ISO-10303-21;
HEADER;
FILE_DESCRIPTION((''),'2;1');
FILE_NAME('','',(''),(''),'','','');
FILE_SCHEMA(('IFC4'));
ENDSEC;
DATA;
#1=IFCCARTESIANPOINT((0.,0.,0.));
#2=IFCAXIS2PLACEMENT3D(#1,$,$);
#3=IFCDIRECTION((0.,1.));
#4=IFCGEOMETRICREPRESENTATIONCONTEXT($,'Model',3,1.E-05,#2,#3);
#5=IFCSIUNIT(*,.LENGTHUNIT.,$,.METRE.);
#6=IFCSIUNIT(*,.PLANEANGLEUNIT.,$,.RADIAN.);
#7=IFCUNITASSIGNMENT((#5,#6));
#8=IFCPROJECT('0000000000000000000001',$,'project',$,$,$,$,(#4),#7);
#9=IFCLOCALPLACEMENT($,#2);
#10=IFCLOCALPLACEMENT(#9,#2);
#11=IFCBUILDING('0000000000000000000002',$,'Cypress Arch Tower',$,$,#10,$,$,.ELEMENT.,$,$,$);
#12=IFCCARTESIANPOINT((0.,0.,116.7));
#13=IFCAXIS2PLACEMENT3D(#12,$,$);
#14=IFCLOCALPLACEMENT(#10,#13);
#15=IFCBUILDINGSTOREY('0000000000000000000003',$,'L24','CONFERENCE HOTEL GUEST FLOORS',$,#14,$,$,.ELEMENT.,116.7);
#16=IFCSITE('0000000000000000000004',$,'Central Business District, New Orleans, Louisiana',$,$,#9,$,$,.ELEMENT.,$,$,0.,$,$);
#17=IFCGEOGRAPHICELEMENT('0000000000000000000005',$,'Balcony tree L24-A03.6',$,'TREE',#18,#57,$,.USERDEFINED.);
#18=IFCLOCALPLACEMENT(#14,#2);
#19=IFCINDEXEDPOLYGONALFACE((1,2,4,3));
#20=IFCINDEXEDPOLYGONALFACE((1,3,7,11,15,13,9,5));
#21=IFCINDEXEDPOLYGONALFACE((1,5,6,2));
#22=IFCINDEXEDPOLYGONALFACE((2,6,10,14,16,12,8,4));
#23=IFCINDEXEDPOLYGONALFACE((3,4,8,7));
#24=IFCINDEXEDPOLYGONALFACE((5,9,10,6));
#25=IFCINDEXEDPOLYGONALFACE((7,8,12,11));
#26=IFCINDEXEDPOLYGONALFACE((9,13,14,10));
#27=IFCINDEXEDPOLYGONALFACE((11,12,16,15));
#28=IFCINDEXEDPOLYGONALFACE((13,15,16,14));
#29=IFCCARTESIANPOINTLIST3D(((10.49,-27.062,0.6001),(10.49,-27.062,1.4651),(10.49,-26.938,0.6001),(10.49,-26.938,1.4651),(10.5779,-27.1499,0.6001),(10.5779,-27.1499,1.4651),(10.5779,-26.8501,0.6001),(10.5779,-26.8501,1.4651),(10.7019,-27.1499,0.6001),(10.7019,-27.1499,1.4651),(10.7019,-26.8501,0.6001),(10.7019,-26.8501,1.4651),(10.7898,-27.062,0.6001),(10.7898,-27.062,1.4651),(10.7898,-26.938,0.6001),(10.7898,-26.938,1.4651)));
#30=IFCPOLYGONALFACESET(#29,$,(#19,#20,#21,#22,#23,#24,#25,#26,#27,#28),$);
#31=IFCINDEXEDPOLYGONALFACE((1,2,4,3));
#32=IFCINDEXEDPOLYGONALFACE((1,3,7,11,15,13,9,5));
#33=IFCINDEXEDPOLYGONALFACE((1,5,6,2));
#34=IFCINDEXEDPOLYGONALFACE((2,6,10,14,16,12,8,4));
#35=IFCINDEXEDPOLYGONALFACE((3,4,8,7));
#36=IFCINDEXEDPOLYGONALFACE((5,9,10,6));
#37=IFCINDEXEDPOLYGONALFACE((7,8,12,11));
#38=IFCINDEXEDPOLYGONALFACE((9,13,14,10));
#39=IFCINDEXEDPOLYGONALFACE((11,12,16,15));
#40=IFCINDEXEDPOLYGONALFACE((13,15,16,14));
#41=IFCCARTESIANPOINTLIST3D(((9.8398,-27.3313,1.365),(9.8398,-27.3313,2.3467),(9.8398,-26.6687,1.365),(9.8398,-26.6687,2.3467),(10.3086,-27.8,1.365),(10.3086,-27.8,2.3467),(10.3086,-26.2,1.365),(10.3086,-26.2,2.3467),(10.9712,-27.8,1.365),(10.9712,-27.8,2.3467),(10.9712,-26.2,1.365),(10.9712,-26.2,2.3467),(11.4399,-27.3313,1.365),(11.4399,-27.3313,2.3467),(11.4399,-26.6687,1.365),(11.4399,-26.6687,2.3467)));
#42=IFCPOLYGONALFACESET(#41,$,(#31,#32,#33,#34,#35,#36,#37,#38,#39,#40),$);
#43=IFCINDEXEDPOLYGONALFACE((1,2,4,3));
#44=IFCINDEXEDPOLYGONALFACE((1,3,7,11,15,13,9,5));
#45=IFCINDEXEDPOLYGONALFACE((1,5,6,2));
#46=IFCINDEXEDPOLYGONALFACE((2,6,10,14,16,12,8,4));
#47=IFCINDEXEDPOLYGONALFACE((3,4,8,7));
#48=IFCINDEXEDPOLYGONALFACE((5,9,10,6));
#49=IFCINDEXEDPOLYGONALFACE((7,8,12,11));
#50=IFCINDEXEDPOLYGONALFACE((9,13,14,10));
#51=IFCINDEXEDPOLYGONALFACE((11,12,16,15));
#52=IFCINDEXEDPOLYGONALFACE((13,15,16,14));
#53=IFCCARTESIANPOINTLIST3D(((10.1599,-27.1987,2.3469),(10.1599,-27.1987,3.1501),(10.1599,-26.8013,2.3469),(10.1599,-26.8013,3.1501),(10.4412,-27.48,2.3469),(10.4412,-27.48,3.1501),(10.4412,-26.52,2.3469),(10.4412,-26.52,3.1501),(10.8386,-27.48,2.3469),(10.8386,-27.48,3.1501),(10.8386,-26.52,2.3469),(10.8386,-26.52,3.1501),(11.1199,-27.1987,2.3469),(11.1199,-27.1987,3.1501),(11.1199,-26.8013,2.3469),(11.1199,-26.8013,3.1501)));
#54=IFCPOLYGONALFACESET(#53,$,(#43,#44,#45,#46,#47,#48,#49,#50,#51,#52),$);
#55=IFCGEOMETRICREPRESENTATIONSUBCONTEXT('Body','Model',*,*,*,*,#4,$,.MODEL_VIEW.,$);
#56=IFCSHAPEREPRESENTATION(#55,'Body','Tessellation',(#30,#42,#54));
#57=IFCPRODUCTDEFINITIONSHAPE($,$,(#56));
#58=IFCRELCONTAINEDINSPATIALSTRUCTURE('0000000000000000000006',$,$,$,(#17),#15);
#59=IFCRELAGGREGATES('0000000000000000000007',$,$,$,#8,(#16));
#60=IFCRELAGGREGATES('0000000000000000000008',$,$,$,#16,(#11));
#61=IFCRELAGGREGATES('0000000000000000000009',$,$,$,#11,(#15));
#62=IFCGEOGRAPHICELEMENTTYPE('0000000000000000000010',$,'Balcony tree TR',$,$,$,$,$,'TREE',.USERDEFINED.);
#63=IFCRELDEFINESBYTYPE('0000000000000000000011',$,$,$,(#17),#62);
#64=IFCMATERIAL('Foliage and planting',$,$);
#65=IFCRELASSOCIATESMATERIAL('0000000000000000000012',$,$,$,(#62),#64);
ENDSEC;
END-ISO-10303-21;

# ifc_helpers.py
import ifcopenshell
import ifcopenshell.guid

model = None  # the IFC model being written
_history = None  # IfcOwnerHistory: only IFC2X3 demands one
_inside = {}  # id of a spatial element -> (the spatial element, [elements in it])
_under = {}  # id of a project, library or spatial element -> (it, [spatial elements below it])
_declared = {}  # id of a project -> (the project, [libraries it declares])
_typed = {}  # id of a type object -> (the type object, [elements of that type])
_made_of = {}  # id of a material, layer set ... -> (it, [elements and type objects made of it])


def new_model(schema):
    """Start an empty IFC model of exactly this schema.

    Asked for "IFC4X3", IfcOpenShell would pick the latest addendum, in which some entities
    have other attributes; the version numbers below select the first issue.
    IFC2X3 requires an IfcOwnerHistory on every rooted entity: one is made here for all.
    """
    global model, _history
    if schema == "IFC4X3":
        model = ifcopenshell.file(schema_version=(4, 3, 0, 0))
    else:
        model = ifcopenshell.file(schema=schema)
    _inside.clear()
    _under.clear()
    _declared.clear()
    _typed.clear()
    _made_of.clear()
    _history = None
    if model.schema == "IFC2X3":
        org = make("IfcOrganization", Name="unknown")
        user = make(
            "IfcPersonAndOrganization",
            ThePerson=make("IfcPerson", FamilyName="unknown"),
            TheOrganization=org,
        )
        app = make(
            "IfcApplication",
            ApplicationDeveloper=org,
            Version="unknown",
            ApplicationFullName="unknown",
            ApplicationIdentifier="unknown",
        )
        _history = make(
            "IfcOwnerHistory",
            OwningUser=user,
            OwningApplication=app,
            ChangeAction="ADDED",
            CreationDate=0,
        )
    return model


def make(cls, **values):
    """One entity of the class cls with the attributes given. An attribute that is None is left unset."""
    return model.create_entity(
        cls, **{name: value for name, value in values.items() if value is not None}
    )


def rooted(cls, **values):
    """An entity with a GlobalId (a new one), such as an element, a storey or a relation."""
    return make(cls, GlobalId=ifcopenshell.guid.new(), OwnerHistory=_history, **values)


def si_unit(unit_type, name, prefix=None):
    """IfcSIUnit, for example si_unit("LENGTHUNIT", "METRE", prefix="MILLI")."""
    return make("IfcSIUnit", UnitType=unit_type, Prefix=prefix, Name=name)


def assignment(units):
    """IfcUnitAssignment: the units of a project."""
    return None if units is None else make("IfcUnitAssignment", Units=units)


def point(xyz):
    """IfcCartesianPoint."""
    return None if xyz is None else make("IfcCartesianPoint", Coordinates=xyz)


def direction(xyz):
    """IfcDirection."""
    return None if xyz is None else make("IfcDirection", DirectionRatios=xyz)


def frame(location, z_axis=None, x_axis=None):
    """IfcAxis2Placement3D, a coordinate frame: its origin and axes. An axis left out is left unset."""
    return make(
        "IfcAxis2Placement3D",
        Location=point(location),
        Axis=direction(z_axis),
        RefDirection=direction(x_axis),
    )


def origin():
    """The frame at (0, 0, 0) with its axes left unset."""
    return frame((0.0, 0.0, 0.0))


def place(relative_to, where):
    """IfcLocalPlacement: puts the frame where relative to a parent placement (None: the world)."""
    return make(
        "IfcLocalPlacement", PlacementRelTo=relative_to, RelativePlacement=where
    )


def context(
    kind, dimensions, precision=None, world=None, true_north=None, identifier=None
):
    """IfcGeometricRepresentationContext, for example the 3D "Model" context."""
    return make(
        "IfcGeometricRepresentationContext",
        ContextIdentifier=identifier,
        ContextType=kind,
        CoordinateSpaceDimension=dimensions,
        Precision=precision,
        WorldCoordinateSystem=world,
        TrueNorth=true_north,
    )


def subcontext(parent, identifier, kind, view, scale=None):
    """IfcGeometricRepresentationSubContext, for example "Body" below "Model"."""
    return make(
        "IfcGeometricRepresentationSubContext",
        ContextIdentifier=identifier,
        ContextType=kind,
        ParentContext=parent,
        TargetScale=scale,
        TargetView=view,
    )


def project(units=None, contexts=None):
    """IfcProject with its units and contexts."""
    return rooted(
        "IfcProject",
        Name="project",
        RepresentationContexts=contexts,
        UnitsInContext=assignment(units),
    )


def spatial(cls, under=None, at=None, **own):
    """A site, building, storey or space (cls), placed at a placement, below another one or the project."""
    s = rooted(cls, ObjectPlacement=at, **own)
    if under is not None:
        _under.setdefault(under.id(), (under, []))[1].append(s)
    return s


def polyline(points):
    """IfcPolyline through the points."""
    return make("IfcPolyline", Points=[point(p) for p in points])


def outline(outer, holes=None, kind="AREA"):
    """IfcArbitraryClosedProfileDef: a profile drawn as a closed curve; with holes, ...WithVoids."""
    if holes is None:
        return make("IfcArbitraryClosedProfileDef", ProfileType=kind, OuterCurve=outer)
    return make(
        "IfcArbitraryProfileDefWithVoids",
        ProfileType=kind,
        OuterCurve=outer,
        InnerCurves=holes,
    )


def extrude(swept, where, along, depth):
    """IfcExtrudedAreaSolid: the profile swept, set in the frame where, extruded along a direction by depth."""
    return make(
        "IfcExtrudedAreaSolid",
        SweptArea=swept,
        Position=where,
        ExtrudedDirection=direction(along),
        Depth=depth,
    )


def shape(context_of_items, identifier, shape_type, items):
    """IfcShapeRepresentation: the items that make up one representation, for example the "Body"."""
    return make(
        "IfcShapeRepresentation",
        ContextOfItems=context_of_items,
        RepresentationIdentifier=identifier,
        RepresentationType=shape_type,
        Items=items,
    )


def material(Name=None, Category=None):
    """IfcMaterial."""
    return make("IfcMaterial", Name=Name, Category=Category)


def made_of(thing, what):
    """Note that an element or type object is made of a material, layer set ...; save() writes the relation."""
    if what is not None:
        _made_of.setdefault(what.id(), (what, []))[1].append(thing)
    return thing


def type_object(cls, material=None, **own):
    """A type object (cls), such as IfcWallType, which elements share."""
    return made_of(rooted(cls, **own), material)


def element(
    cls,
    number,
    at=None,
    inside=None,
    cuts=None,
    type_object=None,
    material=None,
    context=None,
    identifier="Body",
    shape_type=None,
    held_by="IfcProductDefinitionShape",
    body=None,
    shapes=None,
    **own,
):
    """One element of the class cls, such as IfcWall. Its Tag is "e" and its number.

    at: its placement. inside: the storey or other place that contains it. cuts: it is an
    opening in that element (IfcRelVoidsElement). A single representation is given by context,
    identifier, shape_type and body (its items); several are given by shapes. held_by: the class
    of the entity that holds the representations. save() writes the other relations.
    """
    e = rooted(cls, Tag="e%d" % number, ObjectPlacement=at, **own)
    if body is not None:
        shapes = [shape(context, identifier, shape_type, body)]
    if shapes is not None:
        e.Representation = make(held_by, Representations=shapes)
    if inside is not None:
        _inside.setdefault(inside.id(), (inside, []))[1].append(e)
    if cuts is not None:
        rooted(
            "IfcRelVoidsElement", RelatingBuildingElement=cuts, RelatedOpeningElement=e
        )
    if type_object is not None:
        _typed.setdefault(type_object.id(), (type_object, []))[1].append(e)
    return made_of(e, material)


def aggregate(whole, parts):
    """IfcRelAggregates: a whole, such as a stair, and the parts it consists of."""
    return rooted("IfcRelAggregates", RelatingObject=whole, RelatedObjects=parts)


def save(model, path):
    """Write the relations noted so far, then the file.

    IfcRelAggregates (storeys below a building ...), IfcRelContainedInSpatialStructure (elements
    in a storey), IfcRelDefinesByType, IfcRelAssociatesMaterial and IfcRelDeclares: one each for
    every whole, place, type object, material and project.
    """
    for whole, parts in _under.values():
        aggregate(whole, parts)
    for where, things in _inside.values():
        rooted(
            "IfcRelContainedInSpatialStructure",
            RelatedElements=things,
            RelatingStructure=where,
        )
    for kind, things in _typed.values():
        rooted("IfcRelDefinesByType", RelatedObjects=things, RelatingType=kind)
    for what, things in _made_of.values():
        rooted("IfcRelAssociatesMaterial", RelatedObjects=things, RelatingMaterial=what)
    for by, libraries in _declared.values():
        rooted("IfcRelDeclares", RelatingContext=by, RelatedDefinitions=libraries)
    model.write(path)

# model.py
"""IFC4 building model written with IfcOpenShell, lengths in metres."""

from ifc_helpers import new_model, si_unit, direction, frame, origin, place, context, subcontext, project, spatial, polyline, outline, extrude, material, type_object, element, save


model = new_model("IFC4")

# Units and contexts
model_context = context("Model", 3, precision=1e-05, world=origin(), true_north=direction((0.0, 1.0)))
body_context = subcontext(model_context, "Body", "Model", "MODEL_VIEW")
ifc_project = project(units=[si_unit("LENGTHUNIT", "METRE"), si_unit("PLANEANGLEUNIT", "RADIAN")], contexts=[model_context])

# Site, building, storey
site_placement = place(None, origin())
site = spatial("IfcSite", under=ifc_project, at=site_placement, Name="Central Business District, New Orleans, Louisiana", CompositionType="ELEMENT", RefElevation=0.0)
building_placement = place(site_placement, origin())
building = spatial("IfcBuilding", under=site, at=building_placement, Name="Cypress Arch Tower", CompositionType="ELEMENT")
storey_placement = place(building_placement, frame((0.0, 0.0, 116.7)))
storey = spatial("IfcBuildingStorey", under=building, at=storey_placement, Name="L24", Description="CONFERENCE HOTEL GUEST FLOORS", CompositionType="ELEMENT", Elevation=116.7)

# Geographic element
ifc_material_1 = material(Name="Foliage and planting")
geographic_element_type = type_object("IfcGeographicElementType", Name="Balcony tree TR", ElementType="TREE", PredefinedType="USERDEFINED", material=ifc_material_1)
geographic_element_placement = place(storey_placement, frame((10.6399, -27.0, 0.6001), z_axis=(0.0, 0.0, 1.0), x_axis=(1.0, 0.0, 0.0)))
element("IfcGeographicElement", 1, at=geographic_element_placement, inside=storey, type_object=geographic_element_type, Name="Balcony tree L24-A03.6", ObjectType="TREE", PredefinedType="USERDEFINED", context=body_context, shape_type="SweptSolid", body=[
    extrude(outline(polyline([(0.1499, 0.062), (0.062, 0.1499), (-0.062, 0.1499), (-0.1499, 0.062), (-0.1499, -0.062), (-0.062, -0.1499), (0.062, -0.1499), (0.1499, -0.062), (0.1499, 0.062)])), origin(), (0.0, 0.0, 1.0), 0.865),
    extrude(outline(polyline([(0.8, 0.3313), (0.3313, 0.8), (-0.3313, 0.8), (-0.8, 0.3313), (-0.8, -0.3313), (-0.3313, -0.8), (0.3313, -0.8), (0.8, -0.3313), (0.8, 0.3313)])), frame((0.0, 0.0, 0.7649)), (0.0, 0.0, 1.0), 0.9817),
    extrude(outline(polyline([(0.48, 0.1987), (0.1987, 0.48), (-0.1987, 0.48), (-0.48, 0.1987), (-0.48, -0.1987), (-0.1987, -0.48), (0.1987, -0.48), (0.48, -0.1987), (0.48, 0.1987)])), frame((0.0, 0.0, 1.7468)), (0.0, 0.0, 1.0), 0.8032),
])

save(model, "model.ifc")
